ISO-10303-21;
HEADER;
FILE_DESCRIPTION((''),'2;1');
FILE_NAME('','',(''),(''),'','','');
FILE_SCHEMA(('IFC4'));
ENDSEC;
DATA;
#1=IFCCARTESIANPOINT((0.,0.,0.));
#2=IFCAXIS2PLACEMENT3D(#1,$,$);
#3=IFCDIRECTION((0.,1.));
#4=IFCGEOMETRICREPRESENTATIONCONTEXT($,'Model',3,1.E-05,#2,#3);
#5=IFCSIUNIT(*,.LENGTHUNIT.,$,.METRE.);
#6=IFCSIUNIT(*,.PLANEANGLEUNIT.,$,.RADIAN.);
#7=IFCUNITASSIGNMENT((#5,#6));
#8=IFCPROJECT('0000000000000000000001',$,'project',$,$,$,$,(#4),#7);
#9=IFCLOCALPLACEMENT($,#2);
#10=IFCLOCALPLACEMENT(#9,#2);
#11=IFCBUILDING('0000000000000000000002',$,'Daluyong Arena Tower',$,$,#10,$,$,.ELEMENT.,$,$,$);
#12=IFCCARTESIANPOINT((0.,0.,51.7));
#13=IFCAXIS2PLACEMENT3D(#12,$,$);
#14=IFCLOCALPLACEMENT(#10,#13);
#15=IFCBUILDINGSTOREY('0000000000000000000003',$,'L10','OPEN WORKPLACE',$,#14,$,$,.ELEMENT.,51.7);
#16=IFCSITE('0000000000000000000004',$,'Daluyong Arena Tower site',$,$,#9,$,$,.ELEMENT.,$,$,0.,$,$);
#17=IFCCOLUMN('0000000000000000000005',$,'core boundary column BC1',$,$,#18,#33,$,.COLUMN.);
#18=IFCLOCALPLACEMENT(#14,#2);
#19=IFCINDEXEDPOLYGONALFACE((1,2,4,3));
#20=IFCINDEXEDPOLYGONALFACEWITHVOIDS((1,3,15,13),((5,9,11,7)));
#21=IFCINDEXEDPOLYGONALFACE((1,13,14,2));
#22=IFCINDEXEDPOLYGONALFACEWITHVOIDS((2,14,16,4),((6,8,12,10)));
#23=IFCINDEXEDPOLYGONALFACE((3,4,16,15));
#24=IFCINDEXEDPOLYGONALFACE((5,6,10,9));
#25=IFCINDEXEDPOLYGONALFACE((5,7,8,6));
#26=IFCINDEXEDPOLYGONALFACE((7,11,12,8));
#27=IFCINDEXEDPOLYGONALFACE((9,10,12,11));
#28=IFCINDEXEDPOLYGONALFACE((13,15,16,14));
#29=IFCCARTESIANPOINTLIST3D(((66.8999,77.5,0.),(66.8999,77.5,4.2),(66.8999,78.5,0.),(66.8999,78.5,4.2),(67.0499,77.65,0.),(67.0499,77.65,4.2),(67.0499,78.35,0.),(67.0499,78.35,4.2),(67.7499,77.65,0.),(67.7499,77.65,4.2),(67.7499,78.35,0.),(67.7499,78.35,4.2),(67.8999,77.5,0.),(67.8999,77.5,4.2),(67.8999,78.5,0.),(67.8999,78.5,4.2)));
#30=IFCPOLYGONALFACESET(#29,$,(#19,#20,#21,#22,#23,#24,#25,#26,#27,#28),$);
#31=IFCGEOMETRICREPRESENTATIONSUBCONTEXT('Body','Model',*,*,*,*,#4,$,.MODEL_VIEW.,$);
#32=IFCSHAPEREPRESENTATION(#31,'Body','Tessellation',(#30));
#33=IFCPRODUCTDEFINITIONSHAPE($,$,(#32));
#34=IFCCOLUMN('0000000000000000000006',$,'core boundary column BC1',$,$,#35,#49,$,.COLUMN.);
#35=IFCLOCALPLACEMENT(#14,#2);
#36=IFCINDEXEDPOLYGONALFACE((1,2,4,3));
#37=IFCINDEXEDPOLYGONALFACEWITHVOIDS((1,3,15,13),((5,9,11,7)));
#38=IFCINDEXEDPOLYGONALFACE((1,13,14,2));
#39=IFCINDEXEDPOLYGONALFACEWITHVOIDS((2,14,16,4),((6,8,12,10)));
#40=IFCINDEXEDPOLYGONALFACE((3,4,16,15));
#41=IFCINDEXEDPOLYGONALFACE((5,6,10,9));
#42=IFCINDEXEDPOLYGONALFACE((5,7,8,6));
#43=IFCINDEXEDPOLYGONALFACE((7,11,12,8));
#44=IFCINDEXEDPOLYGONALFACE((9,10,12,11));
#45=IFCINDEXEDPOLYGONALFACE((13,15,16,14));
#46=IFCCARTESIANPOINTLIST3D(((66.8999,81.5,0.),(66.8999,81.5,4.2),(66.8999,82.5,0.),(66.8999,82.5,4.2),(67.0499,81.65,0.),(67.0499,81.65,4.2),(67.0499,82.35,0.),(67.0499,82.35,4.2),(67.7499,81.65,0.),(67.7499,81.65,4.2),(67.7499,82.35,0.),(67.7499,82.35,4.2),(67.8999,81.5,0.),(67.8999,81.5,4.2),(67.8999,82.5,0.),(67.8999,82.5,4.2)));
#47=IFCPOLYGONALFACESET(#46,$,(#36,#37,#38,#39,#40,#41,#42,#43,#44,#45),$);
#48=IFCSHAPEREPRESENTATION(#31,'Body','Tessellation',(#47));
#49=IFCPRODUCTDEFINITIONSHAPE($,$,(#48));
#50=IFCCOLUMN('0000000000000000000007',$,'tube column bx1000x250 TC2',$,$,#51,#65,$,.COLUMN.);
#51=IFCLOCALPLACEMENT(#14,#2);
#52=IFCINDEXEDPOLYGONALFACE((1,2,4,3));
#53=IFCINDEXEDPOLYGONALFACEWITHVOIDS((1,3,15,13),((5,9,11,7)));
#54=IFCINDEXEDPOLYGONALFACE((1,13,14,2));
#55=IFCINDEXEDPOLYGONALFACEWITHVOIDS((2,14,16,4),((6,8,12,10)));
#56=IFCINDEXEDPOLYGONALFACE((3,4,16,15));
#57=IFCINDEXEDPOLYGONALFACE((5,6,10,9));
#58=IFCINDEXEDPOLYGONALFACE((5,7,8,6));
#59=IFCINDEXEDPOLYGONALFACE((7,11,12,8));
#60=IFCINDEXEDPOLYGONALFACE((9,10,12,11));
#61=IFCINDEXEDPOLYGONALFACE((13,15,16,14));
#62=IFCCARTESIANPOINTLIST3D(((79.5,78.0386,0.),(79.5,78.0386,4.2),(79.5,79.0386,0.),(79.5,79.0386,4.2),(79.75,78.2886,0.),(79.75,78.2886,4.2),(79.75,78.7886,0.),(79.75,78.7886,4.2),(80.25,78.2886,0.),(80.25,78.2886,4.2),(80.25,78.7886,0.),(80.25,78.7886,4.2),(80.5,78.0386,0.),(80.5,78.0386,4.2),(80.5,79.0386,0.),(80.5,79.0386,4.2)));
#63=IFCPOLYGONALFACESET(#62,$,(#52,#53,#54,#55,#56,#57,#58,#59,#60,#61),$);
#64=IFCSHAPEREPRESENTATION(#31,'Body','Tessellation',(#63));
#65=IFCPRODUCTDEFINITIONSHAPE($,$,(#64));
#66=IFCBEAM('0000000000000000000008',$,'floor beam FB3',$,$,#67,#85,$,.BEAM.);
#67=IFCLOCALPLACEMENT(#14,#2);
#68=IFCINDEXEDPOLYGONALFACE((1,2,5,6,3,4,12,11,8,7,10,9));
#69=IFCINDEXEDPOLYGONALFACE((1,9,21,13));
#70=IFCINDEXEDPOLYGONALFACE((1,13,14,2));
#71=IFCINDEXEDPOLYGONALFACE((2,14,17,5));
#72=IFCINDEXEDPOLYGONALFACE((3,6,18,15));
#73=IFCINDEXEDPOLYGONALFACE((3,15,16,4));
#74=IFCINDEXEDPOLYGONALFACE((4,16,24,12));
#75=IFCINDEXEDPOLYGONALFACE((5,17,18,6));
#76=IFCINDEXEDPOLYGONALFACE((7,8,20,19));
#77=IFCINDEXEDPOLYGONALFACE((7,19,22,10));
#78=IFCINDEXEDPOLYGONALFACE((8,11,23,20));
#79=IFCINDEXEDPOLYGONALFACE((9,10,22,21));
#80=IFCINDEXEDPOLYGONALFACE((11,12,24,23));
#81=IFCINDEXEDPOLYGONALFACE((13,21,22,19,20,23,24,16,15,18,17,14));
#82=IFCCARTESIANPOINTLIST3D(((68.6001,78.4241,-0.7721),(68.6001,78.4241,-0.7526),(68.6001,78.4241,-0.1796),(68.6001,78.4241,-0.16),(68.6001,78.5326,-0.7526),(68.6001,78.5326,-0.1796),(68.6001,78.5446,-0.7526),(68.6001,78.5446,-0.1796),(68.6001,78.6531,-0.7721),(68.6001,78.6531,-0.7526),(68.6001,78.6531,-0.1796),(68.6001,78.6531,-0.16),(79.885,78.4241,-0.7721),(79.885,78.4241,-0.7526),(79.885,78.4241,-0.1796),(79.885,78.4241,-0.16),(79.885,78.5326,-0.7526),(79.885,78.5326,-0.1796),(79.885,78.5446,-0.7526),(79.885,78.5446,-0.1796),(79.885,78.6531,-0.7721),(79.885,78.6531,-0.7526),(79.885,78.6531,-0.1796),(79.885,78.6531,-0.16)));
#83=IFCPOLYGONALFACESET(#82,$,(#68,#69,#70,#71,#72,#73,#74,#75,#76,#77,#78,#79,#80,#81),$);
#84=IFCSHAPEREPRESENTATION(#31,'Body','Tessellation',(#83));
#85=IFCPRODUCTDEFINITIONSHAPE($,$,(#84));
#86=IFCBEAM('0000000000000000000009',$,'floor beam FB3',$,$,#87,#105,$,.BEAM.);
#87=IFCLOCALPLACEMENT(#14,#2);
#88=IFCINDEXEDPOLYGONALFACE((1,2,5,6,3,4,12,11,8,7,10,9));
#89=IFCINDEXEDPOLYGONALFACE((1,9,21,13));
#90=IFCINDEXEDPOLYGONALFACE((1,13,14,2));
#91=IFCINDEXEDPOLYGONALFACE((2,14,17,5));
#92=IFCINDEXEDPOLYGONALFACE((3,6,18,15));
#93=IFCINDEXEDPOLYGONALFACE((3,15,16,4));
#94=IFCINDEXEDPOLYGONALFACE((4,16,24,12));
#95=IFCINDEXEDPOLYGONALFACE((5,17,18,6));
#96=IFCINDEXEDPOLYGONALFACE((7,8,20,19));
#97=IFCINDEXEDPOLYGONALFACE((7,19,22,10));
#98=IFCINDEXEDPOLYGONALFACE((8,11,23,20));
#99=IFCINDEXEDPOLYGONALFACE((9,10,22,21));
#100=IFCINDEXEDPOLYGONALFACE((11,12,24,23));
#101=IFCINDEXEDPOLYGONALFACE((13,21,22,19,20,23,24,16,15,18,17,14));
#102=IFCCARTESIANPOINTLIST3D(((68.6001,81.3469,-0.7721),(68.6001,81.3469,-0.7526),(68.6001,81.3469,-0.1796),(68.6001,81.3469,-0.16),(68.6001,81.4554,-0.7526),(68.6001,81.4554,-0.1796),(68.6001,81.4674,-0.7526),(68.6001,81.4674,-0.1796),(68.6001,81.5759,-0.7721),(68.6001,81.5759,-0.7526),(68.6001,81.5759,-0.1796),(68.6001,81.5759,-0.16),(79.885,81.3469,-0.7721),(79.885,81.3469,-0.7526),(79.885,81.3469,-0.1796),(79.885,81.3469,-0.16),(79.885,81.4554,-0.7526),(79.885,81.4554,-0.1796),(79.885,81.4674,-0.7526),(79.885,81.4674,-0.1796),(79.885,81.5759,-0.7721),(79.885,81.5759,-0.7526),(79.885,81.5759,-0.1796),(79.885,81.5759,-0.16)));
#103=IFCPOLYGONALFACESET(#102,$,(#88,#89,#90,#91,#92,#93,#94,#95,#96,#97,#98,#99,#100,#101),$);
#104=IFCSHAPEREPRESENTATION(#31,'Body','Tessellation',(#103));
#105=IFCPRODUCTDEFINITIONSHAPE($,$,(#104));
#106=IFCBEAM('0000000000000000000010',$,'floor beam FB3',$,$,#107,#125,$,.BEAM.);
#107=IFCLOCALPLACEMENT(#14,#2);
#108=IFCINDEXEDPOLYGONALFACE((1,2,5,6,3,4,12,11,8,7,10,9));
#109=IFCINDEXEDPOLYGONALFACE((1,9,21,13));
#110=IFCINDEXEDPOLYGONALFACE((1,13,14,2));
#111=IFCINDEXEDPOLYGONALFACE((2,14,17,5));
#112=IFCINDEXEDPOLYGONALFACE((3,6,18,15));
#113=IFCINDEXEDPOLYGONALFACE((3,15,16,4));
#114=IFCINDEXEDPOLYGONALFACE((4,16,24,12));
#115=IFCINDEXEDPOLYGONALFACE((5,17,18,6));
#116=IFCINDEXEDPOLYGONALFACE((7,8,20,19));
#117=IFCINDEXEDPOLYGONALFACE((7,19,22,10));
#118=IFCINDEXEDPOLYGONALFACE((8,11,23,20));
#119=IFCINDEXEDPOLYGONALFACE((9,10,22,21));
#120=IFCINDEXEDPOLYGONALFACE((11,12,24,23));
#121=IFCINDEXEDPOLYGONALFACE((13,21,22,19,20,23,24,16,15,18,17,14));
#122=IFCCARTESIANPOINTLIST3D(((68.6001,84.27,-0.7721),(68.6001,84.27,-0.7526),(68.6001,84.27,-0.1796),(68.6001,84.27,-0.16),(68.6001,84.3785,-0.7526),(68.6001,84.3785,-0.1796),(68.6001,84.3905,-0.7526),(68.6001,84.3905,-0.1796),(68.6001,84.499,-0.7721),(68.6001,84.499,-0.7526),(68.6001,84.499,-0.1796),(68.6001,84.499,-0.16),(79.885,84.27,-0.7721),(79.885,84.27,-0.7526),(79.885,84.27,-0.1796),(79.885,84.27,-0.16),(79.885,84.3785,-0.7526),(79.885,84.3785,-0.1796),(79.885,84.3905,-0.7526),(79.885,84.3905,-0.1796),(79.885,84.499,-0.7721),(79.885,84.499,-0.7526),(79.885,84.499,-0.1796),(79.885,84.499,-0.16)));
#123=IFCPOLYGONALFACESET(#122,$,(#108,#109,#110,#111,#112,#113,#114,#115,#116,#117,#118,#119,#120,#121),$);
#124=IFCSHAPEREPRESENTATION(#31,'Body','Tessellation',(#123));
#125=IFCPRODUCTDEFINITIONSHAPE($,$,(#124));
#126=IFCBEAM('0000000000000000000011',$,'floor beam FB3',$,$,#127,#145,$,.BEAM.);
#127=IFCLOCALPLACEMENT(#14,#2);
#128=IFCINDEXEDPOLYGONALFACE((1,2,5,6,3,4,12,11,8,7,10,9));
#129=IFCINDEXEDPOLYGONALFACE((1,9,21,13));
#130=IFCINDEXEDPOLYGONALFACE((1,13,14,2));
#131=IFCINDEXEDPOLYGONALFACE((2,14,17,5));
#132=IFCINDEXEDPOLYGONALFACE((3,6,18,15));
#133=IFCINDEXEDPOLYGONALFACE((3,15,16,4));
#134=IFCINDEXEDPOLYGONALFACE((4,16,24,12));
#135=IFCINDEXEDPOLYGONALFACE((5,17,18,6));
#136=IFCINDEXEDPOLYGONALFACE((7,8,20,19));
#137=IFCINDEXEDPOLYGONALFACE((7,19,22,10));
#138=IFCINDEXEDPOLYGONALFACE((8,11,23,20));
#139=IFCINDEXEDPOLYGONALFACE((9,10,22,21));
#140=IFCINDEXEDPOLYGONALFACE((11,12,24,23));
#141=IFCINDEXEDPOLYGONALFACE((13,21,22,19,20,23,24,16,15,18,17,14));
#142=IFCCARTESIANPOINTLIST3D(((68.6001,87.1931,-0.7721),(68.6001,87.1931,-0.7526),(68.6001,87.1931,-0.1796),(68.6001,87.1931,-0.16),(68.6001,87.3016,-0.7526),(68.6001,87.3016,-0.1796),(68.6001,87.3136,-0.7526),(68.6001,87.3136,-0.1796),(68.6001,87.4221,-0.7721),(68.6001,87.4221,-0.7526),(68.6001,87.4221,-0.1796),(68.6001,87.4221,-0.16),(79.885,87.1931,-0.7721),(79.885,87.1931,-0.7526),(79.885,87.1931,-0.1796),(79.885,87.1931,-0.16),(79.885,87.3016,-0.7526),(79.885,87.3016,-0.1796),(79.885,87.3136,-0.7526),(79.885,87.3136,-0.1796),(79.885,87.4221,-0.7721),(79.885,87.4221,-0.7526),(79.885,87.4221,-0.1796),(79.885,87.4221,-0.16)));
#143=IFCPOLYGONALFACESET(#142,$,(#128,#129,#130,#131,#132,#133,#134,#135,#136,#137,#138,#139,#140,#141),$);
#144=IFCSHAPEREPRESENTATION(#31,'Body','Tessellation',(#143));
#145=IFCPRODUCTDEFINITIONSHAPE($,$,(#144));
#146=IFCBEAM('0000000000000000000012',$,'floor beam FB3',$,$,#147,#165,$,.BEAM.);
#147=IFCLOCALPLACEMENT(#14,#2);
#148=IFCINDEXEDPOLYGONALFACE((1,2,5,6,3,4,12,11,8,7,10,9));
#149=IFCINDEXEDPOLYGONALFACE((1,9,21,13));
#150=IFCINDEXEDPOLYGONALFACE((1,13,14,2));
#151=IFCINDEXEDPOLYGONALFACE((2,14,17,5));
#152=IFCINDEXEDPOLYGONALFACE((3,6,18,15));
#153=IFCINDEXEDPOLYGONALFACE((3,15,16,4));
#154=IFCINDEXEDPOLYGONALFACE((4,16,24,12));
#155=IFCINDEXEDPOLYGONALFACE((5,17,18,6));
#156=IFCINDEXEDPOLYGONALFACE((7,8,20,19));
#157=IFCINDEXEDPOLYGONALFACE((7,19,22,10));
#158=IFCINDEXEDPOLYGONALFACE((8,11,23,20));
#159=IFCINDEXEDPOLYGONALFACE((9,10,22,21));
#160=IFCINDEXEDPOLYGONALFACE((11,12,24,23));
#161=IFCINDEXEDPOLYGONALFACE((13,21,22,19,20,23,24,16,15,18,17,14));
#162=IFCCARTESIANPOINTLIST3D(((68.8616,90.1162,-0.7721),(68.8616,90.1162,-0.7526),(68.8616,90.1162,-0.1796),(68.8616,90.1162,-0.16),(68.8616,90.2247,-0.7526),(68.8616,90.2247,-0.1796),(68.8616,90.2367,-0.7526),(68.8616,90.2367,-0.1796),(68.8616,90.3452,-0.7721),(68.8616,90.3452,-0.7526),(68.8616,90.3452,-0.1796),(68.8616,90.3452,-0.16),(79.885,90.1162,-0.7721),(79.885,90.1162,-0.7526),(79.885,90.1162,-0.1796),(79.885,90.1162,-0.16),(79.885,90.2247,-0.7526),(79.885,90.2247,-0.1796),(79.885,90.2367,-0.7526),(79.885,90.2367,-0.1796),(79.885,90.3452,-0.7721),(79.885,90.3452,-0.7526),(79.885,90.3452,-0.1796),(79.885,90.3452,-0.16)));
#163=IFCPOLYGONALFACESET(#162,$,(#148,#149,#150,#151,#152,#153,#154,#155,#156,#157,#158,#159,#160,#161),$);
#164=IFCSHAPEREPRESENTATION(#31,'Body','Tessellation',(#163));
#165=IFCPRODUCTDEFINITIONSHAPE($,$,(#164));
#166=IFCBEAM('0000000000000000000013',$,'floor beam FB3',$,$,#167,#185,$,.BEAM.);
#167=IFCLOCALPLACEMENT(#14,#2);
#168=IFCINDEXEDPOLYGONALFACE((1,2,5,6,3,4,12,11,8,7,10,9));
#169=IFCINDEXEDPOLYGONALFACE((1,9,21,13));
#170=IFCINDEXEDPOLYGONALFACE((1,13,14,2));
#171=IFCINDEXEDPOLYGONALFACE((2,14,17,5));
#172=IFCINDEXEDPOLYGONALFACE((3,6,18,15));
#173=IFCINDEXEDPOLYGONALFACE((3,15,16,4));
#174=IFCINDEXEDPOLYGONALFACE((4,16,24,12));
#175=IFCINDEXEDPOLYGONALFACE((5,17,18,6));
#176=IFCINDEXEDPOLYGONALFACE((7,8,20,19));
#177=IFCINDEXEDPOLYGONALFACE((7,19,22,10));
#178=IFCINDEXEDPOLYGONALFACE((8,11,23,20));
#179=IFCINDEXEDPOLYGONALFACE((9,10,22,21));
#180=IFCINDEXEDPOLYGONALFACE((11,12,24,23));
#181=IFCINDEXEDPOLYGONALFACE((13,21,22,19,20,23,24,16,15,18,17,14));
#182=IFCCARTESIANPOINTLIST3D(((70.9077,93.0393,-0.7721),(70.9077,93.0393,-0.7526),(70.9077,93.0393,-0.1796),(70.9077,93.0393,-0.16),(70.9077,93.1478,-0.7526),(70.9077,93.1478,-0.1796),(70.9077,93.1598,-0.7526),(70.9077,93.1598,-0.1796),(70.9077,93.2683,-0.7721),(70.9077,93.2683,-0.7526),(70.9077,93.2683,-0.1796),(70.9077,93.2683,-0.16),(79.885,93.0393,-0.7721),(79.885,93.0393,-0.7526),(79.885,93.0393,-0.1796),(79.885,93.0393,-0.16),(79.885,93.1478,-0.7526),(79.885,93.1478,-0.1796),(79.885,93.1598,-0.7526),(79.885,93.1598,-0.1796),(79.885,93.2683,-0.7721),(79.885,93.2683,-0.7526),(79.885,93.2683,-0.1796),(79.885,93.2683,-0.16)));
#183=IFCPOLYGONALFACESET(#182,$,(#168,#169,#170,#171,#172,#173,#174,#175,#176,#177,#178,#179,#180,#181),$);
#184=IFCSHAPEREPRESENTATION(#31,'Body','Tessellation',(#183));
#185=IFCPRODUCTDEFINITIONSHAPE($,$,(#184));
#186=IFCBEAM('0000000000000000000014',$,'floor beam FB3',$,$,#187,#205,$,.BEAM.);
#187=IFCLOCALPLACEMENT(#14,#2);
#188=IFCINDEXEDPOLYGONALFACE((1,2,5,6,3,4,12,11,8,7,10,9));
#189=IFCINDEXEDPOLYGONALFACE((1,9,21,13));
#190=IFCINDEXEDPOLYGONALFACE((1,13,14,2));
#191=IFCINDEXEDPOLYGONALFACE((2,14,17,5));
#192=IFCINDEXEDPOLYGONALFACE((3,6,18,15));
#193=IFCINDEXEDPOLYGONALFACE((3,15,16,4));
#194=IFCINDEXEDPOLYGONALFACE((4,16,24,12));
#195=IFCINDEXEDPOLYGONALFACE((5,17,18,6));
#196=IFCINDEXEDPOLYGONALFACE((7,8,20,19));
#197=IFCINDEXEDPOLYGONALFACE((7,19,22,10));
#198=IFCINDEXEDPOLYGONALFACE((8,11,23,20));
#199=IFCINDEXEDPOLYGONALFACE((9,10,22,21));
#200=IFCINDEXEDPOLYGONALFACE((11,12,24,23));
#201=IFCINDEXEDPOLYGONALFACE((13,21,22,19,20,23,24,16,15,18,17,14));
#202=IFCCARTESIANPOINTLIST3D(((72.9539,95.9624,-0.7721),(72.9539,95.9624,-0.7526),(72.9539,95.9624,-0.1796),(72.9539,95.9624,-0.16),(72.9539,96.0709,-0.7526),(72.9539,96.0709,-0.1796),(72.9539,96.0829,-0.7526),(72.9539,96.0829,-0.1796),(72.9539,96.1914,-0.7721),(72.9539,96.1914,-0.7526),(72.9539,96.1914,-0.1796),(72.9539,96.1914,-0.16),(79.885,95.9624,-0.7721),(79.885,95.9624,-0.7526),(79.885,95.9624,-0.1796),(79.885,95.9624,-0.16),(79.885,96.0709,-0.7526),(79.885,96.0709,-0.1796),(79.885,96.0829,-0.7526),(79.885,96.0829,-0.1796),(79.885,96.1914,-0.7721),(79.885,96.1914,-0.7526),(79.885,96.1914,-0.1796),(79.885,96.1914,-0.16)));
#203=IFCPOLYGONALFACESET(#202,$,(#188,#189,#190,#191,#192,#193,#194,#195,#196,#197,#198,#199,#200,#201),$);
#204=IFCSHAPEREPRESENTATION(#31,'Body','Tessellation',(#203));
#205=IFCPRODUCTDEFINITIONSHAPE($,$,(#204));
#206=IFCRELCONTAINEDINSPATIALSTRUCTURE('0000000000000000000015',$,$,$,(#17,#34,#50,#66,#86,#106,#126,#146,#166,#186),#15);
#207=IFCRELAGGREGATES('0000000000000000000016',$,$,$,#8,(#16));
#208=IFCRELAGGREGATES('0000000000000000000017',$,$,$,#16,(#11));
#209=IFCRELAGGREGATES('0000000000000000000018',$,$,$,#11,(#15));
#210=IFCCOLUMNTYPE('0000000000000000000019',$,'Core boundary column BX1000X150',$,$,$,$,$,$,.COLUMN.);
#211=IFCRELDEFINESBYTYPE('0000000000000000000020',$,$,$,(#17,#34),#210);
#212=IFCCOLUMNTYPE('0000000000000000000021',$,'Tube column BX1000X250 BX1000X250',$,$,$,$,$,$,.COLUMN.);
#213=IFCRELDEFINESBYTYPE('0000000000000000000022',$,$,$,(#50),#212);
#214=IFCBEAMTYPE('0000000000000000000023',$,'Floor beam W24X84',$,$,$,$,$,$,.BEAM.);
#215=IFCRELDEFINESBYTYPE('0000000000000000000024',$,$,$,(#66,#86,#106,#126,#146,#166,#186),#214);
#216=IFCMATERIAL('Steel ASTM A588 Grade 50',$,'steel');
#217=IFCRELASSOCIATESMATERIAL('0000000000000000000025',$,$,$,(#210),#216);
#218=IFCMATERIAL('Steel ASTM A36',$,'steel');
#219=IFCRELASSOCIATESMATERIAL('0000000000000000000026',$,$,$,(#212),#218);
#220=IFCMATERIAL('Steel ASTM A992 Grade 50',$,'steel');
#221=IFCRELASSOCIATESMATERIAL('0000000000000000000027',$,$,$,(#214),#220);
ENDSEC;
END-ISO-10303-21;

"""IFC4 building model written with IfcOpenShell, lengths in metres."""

from ifc_helpers import new_model, si_unit, direction, frame, origin, origin_2d, place, context, subcontext, project, spatial, hollow_rectangle, i_section, extrude, material, material_profile, profile_set, type_object, element, save


model = new_model("IFC4")

# Units and contexts
model_context = context("Model", 3, precision=1e-05, world=origin(), true_north=direction((0.0, 1.0)))
body_context = subcontext(model_context, "Body", "Model", "MODEL_VIEW")
ifc_project = project(units=[si_unit("LENGTHUNIT", "METRE"), si_unit("PLANEANGLEUNIT", "RADIAN")], contexts=[model_context])

# Site, building, storey
site_placement = place(None, origin())
site = spatial("IfcSite", under=ifc_project, at=site_placement, Name="Daluyong Arena Tower site", CompositionType="ELEMENT", RefElevation=0.0)
building_placement = place(site_placement, origin())
building = spatial("IfcBuilding", under=site, at=building_placement, Name="Daluyong Arena Tower", CompositionType="ELEMENT")
storey_placement = place(building_placement, frame((0.0, 0.0, 51.7)))
storey = spatial("IfcBuildingStorey", under=building, at=storey_placement, Name="L10", Description="OPEN WORKPLACE", CompositionType="ELEMENT", Elevation=51.7)

# Columns
ifc_material_1 = material(Name="Steel ASTM A588 Grade 50", Category="steel")
ifc_material_profile_1 = material_profile(ifc_material_1, hollow_rectangle(XDim=1.0, YDim=1.0, WallThickness=0.15, at=origin_2d()))
ifc_profile_set_1 = profile_set([ifc_material_profile_1], Name="Steel ASTM A588 Grade 50")
column_type_1 = type_object("IfcColumnType", Name="Core boundary column BX1000X150", PredefinedType="COLUMN", material=ifc_profile_set_1)
for number, where, z_axis, x_axis, name in (
    (1, (67.3999, 78.0, 0.0), (0.0, 0.0, 1.0), (1.0, 0.0, 0.0), "core boundary column BC1"),
    (2, (67.3999, 82.0, 0.0), (0.0, 0.0, 1.0), (1.0, 0.0, 0.0), "core boundary column BC1"),
):
    element("IfcColumn", number, at=place(storey_placement, frame(where, z_axis=z_axis, x_axis=x_axis)), inside=storey, type_object=column_type_1, Name=name, PredefinedType="COLUMN", context=body_context, shape_type="SweptSolid", body=[
        extrude(hollow_rectangle(XDim=1.0, YDim=1.0, WallThickness=0.15, at=origin_2d()), origin(), (0.0, 0.0, 1.0), 4.2),
    ])
ifc_material_2 = material(Name="Steel ASTM A36", Category="steel")
ifc_material_profile_2 = material_profile(ifc_material_2, hollow_rectangle(XDim=1.0, YDim=1.0, WallThickness=0.25, at=origin_2d()))
ifc_profile_set_2 = profile_set([ifc_material_profile_2], Name="Steel ASTM A36")
column_type_2 = type_object("IfcColumnType", Name="Tube column BX1000X250 BX1000X250", PredefinedType="COLUMN", material=ifc_profile_set_2)
column_placement = place(storey_placement, frame((80.0, 78.5386, 0.0), z_axis=(0.0, 0.0, 1.0), x_axis=(0.0, 1.0, 0.0)))
element("IfcColumn", 3, at=column_placement, inside=storey, type_object=column_type_2, Name="tube column bx1000x250 TC2", PredefinedType="COLUMN", context=body_context, shape_type="SweptSolid", body=[
    extrude(hollow_rectangle(XDim=1.0, YDim=1.0, WallThickness=0.25, at=origin_2d()), origin(), (0.0, 0.0, 1.0), 4.2),
])

# Beams
ifc_material_3 = material(Name="Steel ASTM A992 Grade 50", Category="steel")
ifc_material_profile_3 = material_profile(ifc_material_3, i_section(OverallWidth=0.229, OverallDepth=0.6121, WebThickness=0.012, FlangeThickness=0.0195, at=origin_2d()))
ifc_profile_set_3 = profile_set([ifc_material_profile_3], Name="Steel ASTM A992 Grade 50")
beam_type_1 = type_object("IfcBeamType", Name="Floor beam W24X84", PredefinedType="BEAM", material=ifc_profile_set_3)
for number, where, z_axis, x_axis, name in (
    (4, (79.885, 78.5386, -0.4661), (-1.0, 0.0, 0.0), (0.0, -1.0, 0.0), "floor beam FB3"),
    (5, (79.885, 81.4614, -0.4661), (-1.0, 0.0, 0.0), (0.0, -1.0, 0.0), "floor beam FB3"),
    (6, (79.885, 84.3845, -0.4661), (-1.0, 0.0, 0.0), (0.0, -1.0, 0.0), "floor beam FB3"),
    (7, (79.885, 87.3076, -0.4661), (-1.0, 0.0, 0.0), (0.0, -1.0, 0.0), "floor beam FB3"),
):
    element("IfcBeam", number, at=place(storey_placement, frame(where, z_axis=z_axis, x_axis=x_axis)), inside=storey, type_object=beam_type_1, Name=name, PredefinedType="BEAM", context=body_context, shape_type="SweptSolid", body=[
        extrude(i_section(OverallWidth=0.229, OverallDepth=0.6121, WebThickness=0.012, FlangeThickness=0.0195, at=origin_2d()), origin(), (0.0, 0.0, 1.0), 11.2849),
    ])
beam_1_placement = place(storey_placement, frame((79.885, 90.2307, -0.4661), z_axis=(-1.0, 0.0, 0.0), x_axis=(0.0, -1.0, 0.0)))
element("IfcBeam", 8, at=beam_1_placement, inside=storey, type_object=beam_type_1, Name="floor beam FB3", PredefinedType="BEAM", context=body_context, shape_type="SweptSolid", body=[
    extrude(i_section(OverallWidth=0.229, OverallDepth=0.6121, WebThickness=0.012, FlangeThickness=0.0195, at=origin_2d()), origin(), (0.0, 0.0, 1.0), 11.0234),
])
beam_2_placement = place(storey_placement, frame((79.885, 93.1538, -0.4661), z_axis=(-1.0, 0.0, 0.0), x_axis=(0.0, -1.0, 0.0)))
element("IfcBeam", 9, at=beam_2_placement, inside=storey, type_object=beam_type_1, Name="floor beam FB3", PredefinedType="BEAM", context=body_context, shape_type="SweptSolid", body=[
    extrude(i_section(OverallWidth=0.229, OverallDepth=0.6121, WebThickness=0.012, FlangeThickness=0.0195, at=origin_2d()), origin(), (0.0, 0.0, 1.0), 8.9773),
])
beam_3_placement = place(storey_placement, frame((79.885, 96.0769, -0.4661), z_axis=(-1.0, 0.0, 0.0), x_axis=(0.0, -1.0, 0.0)))
element("IfcBeam", 10, at=beam_3_placement, inside=storey, type_object=beam_type_1, Name="floor beam FB3", PredefinedType="BEAM", context=body_context, shape_type="SweptSolid", body=[
    extrude(i_section(OverallWidth=0.229, OverallDepth=0.6121, WebThickness=0.012, FlangeThickness=0.0195, at=origin_2d()), origin(), (0.0, 0.0, 1.0), 6.9312),
])

save(model, "model.ifc")
